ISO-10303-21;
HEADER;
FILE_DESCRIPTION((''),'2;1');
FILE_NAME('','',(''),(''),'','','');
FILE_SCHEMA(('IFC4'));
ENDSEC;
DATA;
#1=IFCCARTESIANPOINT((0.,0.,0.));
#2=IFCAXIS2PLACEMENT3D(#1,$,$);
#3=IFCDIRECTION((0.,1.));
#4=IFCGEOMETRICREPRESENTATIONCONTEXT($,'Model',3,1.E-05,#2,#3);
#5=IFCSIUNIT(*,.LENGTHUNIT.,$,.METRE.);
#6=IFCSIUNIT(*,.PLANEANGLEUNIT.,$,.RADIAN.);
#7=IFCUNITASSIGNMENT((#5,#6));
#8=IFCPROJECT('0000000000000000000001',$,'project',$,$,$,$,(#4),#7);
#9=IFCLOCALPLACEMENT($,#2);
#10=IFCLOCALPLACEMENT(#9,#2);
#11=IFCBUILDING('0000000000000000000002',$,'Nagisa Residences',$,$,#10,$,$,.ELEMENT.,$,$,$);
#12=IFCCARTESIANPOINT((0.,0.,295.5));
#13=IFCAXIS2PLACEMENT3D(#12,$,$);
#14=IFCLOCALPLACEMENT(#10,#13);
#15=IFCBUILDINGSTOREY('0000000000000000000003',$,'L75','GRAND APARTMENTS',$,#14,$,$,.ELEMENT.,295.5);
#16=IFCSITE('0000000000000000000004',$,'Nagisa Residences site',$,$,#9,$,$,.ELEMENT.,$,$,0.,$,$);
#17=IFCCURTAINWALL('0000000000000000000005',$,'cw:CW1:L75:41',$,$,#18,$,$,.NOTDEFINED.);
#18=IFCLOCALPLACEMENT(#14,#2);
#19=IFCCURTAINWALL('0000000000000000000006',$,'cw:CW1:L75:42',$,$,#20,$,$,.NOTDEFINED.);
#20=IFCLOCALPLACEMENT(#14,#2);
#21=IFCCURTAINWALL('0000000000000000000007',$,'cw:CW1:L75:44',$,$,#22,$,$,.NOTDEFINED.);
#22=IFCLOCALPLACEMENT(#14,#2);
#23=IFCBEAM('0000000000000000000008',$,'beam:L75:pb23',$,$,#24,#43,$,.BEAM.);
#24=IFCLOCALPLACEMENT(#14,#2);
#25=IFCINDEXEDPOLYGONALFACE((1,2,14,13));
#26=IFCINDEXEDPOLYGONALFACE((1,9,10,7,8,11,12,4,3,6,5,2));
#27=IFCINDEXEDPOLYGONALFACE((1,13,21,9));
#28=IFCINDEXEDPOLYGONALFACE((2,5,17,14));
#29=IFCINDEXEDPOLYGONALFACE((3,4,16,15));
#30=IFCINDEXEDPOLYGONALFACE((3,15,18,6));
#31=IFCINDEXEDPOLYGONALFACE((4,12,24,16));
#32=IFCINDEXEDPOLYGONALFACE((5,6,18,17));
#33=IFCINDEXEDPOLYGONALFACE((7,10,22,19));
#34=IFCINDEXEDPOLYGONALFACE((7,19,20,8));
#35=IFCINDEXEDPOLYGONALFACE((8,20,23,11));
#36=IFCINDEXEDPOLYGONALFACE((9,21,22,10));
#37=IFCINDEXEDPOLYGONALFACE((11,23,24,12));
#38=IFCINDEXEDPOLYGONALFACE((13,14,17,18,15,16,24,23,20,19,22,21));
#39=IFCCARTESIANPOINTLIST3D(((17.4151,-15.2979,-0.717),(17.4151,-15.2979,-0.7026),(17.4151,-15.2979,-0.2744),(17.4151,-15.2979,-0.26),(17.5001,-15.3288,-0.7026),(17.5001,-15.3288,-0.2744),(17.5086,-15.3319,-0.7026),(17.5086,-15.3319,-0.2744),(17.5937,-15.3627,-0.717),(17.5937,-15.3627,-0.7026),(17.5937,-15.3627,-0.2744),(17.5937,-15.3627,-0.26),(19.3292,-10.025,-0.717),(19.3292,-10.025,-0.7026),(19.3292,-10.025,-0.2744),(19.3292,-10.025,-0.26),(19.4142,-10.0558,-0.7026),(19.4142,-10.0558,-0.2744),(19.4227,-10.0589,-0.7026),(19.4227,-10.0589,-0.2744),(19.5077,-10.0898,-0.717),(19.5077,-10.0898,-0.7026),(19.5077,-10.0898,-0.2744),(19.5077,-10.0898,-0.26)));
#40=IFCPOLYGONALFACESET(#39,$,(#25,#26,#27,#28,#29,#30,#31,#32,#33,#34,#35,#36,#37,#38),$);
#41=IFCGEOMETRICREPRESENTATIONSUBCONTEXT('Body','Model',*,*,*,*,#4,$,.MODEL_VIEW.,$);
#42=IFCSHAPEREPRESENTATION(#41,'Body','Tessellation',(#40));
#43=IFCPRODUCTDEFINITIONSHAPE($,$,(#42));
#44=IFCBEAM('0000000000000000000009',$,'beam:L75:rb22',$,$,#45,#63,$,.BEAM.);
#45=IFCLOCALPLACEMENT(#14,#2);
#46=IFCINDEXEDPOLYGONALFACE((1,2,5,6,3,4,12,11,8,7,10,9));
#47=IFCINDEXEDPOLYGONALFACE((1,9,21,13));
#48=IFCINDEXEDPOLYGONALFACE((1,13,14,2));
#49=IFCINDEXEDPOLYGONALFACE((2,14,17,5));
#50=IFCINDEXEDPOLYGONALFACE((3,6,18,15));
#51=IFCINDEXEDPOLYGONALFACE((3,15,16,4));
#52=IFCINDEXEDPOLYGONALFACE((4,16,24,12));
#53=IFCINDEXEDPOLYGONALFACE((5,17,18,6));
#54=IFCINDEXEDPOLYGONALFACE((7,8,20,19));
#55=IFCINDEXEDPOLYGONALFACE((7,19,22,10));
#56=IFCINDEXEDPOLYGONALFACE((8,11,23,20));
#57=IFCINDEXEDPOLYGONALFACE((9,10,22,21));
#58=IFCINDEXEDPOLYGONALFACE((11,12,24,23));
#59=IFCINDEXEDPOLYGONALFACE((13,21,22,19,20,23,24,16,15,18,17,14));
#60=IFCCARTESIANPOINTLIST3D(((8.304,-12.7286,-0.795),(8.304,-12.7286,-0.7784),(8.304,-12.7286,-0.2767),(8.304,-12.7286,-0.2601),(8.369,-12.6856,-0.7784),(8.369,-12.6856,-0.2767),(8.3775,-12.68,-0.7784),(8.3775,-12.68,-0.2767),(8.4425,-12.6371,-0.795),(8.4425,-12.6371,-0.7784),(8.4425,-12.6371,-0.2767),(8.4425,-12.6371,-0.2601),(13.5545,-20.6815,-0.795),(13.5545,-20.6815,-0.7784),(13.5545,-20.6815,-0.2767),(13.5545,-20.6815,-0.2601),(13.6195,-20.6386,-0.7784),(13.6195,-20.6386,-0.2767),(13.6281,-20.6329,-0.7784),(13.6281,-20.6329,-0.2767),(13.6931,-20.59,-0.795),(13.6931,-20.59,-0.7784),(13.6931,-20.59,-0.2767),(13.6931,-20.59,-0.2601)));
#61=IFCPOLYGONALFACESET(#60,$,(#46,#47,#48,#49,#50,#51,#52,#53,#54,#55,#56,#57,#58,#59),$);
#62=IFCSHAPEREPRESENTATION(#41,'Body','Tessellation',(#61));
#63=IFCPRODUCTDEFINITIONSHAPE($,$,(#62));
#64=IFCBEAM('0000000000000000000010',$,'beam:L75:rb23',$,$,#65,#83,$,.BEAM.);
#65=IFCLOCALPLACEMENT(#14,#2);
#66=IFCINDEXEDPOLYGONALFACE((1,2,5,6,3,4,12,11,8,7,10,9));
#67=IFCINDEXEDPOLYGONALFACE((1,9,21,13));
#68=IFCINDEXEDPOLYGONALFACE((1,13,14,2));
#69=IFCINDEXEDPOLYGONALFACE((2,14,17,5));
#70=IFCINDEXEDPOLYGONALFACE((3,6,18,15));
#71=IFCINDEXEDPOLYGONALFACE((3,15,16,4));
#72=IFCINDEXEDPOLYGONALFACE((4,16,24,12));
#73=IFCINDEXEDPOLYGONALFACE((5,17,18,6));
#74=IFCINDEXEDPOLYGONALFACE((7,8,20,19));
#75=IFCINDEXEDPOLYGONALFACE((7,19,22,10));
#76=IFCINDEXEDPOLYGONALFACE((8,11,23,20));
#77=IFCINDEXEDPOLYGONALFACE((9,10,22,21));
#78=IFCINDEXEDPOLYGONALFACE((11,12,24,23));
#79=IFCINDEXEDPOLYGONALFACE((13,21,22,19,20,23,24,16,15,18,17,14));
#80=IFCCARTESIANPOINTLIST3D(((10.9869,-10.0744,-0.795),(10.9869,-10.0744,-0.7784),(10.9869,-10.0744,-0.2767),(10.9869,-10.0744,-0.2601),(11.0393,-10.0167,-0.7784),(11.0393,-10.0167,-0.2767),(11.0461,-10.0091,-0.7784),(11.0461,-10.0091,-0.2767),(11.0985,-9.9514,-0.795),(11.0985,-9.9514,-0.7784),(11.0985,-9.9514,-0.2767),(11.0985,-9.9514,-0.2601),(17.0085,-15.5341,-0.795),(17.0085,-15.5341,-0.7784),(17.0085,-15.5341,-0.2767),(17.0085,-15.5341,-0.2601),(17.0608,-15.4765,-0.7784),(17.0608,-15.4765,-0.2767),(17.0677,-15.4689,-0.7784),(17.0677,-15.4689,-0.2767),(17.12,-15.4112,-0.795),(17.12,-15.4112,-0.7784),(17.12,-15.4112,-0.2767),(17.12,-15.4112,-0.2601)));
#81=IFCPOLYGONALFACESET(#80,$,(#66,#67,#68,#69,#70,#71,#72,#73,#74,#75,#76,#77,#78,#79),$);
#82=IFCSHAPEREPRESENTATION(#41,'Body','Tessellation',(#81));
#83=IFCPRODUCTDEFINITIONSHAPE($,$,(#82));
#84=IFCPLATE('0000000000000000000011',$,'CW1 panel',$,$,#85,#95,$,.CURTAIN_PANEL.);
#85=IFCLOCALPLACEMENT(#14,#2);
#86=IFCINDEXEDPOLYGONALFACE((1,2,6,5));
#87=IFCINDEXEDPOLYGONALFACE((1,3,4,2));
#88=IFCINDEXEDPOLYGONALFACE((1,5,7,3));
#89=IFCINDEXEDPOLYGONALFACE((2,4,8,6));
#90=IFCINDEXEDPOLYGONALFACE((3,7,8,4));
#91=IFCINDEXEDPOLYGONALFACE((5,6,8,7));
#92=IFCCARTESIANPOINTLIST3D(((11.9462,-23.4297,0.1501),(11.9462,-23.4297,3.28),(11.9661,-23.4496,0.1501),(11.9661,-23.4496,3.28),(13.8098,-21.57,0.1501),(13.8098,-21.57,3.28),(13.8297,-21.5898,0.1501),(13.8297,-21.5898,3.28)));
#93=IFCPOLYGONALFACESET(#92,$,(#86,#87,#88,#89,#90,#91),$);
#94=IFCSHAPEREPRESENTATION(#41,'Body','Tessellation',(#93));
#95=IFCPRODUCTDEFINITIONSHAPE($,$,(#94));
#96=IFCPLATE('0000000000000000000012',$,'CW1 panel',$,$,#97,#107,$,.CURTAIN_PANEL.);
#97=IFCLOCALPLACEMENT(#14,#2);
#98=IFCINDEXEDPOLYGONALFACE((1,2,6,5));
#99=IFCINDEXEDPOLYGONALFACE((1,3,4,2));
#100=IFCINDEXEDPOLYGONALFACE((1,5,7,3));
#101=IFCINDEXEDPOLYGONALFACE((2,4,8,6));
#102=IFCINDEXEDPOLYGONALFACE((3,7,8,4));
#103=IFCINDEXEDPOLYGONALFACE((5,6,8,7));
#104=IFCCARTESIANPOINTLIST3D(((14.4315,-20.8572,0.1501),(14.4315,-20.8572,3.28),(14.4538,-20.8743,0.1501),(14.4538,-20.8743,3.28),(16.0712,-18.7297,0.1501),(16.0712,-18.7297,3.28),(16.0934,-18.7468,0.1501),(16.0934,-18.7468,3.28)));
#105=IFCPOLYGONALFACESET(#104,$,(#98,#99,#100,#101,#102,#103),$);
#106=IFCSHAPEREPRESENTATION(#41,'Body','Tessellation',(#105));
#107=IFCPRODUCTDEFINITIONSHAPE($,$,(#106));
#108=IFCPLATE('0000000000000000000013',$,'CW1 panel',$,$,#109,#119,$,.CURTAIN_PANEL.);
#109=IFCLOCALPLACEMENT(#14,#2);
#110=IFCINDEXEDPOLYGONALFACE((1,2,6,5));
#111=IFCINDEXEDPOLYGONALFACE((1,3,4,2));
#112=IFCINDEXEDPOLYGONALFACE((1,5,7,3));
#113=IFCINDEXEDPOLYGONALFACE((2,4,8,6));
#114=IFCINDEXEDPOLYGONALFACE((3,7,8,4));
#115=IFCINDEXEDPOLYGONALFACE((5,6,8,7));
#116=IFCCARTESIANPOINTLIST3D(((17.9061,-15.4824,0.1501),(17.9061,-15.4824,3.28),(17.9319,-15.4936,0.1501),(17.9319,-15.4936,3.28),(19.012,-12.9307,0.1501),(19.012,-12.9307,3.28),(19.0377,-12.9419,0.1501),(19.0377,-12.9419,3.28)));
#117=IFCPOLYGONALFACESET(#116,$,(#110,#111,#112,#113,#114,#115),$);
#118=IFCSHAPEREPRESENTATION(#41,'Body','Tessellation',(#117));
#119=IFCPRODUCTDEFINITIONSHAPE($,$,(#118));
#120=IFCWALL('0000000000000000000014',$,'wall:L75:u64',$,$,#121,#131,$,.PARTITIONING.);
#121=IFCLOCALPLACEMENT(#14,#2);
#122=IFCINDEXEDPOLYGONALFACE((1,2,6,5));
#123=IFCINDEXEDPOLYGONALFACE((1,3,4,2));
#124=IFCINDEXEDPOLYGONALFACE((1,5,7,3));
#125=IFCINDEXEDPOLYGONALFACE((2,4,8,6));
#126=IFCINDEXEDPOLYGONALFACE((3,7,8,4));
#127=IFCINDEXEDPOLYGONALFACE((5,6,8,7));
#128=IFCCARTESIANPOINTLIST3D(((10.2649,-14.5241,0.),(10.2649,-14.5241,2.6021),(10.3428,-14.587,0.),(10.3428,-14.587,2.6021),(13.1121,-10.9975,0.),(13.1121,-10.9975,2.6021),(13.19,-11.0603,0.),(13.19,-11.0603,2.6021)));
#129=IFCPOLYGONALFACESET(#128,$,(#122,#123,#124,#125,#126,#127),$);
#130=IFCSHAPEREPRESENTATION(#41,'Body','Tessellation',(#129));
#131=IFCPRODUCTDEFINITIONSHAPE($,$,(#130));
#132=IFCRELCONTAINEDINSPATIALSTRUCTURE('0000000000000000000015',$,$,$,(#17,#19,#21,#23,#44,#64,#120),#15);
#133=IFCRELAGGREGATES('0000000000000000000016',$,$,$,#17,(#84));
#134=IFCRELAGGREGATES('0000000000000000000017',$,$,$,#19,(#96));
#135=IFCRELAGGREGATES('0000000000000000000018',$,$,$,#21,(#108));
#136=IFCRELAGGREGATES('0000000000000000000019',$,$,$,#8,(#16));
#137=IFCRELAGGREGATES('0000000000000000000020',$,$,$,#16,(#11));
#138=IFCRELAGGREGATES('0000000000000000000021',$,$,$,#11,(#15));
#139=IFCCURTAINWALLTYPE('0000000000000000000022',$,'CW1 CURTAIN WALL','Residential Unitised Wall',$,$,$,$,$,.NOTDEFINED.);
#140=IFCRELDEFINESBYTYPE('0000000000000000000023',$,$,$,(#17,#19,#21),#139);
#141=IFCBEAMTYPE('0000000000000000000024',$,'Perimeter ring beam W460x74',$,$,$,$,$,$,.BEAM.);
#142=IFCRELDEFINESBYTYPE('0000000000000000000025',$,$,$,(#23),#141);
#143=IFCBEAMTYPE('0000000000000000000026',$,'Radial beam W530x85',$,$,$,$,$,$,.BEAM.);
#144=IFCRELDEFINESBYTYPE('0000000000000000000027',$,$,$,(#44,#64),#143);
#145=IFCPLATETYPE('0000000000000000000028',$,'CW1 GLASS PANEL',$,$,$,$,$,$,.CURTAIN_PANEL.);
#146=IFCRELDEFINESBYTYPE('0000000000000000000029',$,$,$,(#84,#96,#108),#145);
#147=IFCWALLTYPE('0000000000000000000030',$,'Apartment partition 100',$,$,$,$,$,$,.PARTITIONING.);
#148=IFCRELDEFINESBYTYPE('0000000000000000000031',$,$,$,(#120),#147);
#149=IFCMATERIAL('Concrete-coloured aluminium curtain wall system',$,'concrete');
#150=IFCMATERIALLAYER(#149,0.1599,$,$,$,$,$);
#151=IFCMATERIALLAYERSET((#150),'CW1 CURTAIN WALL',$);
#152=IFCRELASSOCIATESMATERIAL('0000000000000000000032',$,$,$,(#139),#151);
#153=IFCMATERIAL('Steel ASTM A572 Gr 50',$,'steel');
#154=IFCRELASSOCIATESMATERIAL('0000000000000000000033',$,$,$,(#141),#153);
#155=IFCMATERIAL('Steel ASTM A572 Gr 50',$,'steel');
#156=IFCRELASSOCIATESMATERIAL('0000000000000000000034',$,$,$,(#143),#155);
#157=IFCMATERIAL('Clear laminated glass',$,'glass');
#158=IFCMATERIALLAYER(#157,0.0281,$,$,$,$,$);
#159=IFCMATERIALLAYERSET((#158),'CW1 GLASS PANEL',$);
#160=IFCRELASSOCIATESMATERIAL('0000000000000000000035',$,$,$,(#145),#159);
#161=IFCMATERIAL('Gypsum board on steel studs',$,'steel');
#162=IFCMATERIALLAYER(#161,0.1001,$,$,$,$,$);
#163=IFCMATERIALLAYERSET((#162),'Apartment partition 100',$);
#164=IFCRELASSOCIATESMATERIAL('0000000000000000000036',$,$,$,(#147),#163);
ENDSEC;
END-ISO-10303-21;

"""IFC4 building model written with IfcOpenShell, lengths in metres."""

from ifc_helpers import new_model, si_unit, direction, frame, frame_2d, origin, origin_2d, place, context, subcontext, project, spatial, rectangle, i_section, extrude, material, layer, layer_set, material_profile, profile_set, type_object, element, aggregate, save


model = new_model("IFC4")

# Units and contexts
model_context = context("Model", 3, precision=1e-05, world=origin(), true_north=direction((0.0, 1.0)))
body_context = subcontext(model_context, "Body", "Model", "MODEL_VIEW")
ifc_project = project(units=[si_unit("LENGTHUNIT", "METRE"), si_unit("PLANEANGLEUNIT", "RADIAN")], contexts=[model_context])

# Site, building, storey
site_placement = place(None, origin())
site = spatial("IfcSite", under=ifc_project, at=site_placement, Name="Nagisa Residences site", CompositionType="ELEMENT", RefElevation=0.0)
building_placement = place(site_placement, origin())
building = spatial("IfcBuilding", under=site, at=building_placement, Name="Nagisa Residences", CompositionType="ELEMENT")
storey_placement = place(building_placement, frame((0.0, 0.0, 295.5)))
storey = spatial("IfcBuildingStorey", under=building, at=storey_placement, Name="L75", Description="GRAND APARTMENTS", CompositionType="ELEMENT", Elevation=295.5)

# Curtain walls
ifc_material_1 = material(Name="Concrete-coloured aluminium curtain wall system", Category="concrete")
ifc_layer_1 = layer(ifc_material_1, 0.1599)
ifc_layer_set_1 = layer_set([ifc_layer_1], Name="CW1 CURTAIN WALL")
curtain_wall_type = type_object("IfcCurtainWallType", Name="CW1 CURTAIN WALL", Description="Residential Unitised Wall", PredefinedType="NOTDEFINED", material=ifc_layer_set_1)
curtain_wall_1_placement = place(storey_placement, origin())
curtain_wall_1 = element("IfcCurtainWall", 1, at=curtain_wall_1_placement, inside=storey, type_object=curtain_wall_type, Name="cw:CW1:L75:41", PredefinedType="NOTDEFINED")
curtain_wall_2_placement = place(storey_placement, origin())
curtain_wall_2 = element("IfcCurtainWall", 2, at=curtain_wall_2_placement, inside=storey, type_object=curtain_wall_type, Name="cw:CW1:L75:42", PredefinedType="NOTDEFINED")
curtain_wall_3_placement = place(storey_placement, origin())
curtain_wall_3 = element("IfcCurtainWall", 3, at=curtain_wall_3_placement, inside=storey, type_object=curtain_wall_type, Name="cw:CW1:L75:44", PredefinedType="NOTDEFINED")

# Beams
ifc_material_2 = material(Name="Steel ASTM A572 Gr 50", Category="steel")
ifc_material_profile_1 = material_profile(ifc_material_2, i_section(OverallWidth=0.1899, OverallDepth=0.457, WebThickness=0.009, FlangeThickness=0.0144, at=origin_2d()), Name="W460x74")
ifc_profile_set_1 = profile_set([ifc_material_profile_1], Name="Steel ASTM A572 Gr 50")
beam_type_1 = type_object("IfcBeamType", Name="Perimeter ring beam W460x74", PredefinedType="BEAM", material=ifc_profile_set_1)
beam_1_placement = place(storey_placement, frame((17.5044, -15.3303, -0.4885), z_axis=(0.341212, 0.939986, 0.0), x_axis=(-0.939986, 0.341212, 0.0)))
element("IfcBeam", 4, at=beam_1_placement, inside=storey, type_object=beam_type_1, Name="beam:L75:pb23", PredefinedType="BEAM", context=body_context, shape_type="SweptSolid", body=[
    extrude(i_section(OverallWidth=0.1899, OverallDepth=0.457, WebThickness=0.009, FlangeThickness=0.0144, at=origin_2d()), origin(), (0.0, 0.0, 1.0), 5.6096),
])
ifc_material_3 = material(Name="Steel ASTM A572 Gr 50", Category="steel")
ifc_material_profile_2 = material_profile(ifc_material_3, i_section(OverallWidth=0.166, OverallDepth=0.5349, WebThickness=0.0103, FlangeThickness=0.0166, at=origin_2d()), Name="W530x85")
ifc_profile_set_2 = profile_set([ifc_material_profile_2], Name="Steel ASTM A572 Gr 50")
beam_type_2 = type_object("IfcBeamType", Name="Radial beam W530x85", PredefinedType="BEAM", material=ifc_profile_set_2)
beam_2_placement = place(storey_placement, frame((13.6238, -20.6357, -0.5276), z_axis=(-0.550958, 0.834533, 0.0), x_axis=(-0.834533, -0.550958, 0.0)))
element("IfcBeam", 5, at=beam_2_placement, inside=storey, type_object=beam_type_2, Name="beam:L75:rb22", PredefinedType="BEAM", context=body_context, shape_type="SweptSolid", body=[
    extrude(i_section(OverallWidth=0.166, OverallDepth=0.5349, WebThickness=0.0103, FlangeThickness=0.0166, at=origin_2d()), origin(), (0.0, 0.0, 1.0), 9.5298),
])
beam_3_placement = place(storey_placement, frame((17.0642, -15.4727, -0.5276), z_axis=(-0.740819, 0.671705, 0.0), x_axis=(-0.671705, -0.740819, 0.0)))
element("IfcBeam", 6, at=beam_3_placement, inside=storey, type_object=beam_type_2, Name="beam:L75:rb23", PredefinedType="BEAM", context=body_context, shape_type="SweptSolid", body=[
    extrude(i_section(OverallWidth=0.166, OverallDepth=0.5349, WebThickness=0.0103, FlangeThickness=0.0166, at=origin_2d()), origin(), (0.0, 0.0, 1.0), 8.1282),
])

# Plates
ifc_material_4 = material(Name="Clear laminated glass", Category="glass")
ifc_layer_2 = layer(ifc_material_4, 0.0281)
ifc_layer_set_2 = layer_set([ifc_layer_2], Name="CW1 GLASS PANEL")
plate_type = type_object("IfcPlateType", Name="CW1 GLASS PANEL", PredefinedType="CURTAIN_PANEL", material=ifc_layer_set_2)
plate_1_placement = place(storey_placement, frame((12.8879, -22.5098, 0.1501), z_axis=(0.0, 0.0, 1.0), x_axis=(0.707836, 0.706377, 0.0)))
plate_1 = element("IfcPlate", 7, at=plate_1_placement, type_object=plate_type, Name="CW1 panel", PredefinedType="CURTAIN_PANEL", context=body_context, shape_type="SweptSolid", body=[
    extrude(rectangle(XDim=2.6328, YDim=0.0281, at=origin_2d()), origin(), (0.0, 0.0, 1.0), 3.1299),
])
aggregate(curtain_wall_1, [plate_1])
plate_2_placement = place(storey_placement, frame((15.2625, -19.802, 0.1501), z_axis=(0.0, 0.0, 1.0), x_axis=(0.61043, 0.79207, 0.0)))
plate_2 = element("IfcPlate", 8, at=plate_2_placement, type_object=plate_type, Name="CW1 panel", PredefinedType="CURTAIN_PANEL", context=body_context, shape_type="SweptSolid", body=[
    extrude(rectangle(XDim=2.686, YDim=0.0281, at=origin_2d()), origin(), (0.0, 0.0, 1.0), 3.1299),
])
aggregate(curtain_wall_2, [plate_2])
plate_3_placement = place(storey_placement, frame((18.4719, -14.2122, 0.1501), z_axis=(0.0, 0.0, 1.0), x_axis=(0.397636, 0.917543, 0.0)))
plate_3 = element("IfcPlate", 9, at=plate_3_placement, type_object=plate_type, Name="CW1 panel", PredefinedType="CURTAIN_PANEL", context=body_context, shape_type="SweptSolid", body=[
    extrude(rectangle(XDim=2.781, YDim=0.0281, at=origin_2d()), origin(), (0.0, 0.0, 1.0), 3.1299),
])
aggregate(curtain_wall_3, [plate_3])

# Wall
ifc_material_5 = material(Name="Gypsum board on steel studs", Category="steel")
ifc_layer_3 = layer(ifc_material_5, 0.1001)
ifc_layer_set_3 = layer_set([ifc_layer_3], Name="Apartment partition 100")
wall_type_1 = type_object("IfcWallType", Name="Apartment partition 100", PredefinedType="PARTITIONING", material=ifc_layer_set_3)
wall_1_placement = place(storey_placement, frame((10.304, -14.5554, 0.0), z_axis=(0.0, 0.0, 1.0), x_axis=(0.62817, 0.778076, 0.0)))
element("IfcWall", 10, at=wall_1_placement, inside=storey, type_object=wall_type_1, Name="wall:L75:u64", PredefinedType="PARTITIONING", context=body_context, shape_type="SweptSolid", body=[
    extrude(rectangle(XDim=4.5325, YDim=0.1001, at=frame_2d((2.2661, 0.0))), origin(), (0.0, 0.0, 1.0), 2.6021),
])

save(model, "model.ifc")
